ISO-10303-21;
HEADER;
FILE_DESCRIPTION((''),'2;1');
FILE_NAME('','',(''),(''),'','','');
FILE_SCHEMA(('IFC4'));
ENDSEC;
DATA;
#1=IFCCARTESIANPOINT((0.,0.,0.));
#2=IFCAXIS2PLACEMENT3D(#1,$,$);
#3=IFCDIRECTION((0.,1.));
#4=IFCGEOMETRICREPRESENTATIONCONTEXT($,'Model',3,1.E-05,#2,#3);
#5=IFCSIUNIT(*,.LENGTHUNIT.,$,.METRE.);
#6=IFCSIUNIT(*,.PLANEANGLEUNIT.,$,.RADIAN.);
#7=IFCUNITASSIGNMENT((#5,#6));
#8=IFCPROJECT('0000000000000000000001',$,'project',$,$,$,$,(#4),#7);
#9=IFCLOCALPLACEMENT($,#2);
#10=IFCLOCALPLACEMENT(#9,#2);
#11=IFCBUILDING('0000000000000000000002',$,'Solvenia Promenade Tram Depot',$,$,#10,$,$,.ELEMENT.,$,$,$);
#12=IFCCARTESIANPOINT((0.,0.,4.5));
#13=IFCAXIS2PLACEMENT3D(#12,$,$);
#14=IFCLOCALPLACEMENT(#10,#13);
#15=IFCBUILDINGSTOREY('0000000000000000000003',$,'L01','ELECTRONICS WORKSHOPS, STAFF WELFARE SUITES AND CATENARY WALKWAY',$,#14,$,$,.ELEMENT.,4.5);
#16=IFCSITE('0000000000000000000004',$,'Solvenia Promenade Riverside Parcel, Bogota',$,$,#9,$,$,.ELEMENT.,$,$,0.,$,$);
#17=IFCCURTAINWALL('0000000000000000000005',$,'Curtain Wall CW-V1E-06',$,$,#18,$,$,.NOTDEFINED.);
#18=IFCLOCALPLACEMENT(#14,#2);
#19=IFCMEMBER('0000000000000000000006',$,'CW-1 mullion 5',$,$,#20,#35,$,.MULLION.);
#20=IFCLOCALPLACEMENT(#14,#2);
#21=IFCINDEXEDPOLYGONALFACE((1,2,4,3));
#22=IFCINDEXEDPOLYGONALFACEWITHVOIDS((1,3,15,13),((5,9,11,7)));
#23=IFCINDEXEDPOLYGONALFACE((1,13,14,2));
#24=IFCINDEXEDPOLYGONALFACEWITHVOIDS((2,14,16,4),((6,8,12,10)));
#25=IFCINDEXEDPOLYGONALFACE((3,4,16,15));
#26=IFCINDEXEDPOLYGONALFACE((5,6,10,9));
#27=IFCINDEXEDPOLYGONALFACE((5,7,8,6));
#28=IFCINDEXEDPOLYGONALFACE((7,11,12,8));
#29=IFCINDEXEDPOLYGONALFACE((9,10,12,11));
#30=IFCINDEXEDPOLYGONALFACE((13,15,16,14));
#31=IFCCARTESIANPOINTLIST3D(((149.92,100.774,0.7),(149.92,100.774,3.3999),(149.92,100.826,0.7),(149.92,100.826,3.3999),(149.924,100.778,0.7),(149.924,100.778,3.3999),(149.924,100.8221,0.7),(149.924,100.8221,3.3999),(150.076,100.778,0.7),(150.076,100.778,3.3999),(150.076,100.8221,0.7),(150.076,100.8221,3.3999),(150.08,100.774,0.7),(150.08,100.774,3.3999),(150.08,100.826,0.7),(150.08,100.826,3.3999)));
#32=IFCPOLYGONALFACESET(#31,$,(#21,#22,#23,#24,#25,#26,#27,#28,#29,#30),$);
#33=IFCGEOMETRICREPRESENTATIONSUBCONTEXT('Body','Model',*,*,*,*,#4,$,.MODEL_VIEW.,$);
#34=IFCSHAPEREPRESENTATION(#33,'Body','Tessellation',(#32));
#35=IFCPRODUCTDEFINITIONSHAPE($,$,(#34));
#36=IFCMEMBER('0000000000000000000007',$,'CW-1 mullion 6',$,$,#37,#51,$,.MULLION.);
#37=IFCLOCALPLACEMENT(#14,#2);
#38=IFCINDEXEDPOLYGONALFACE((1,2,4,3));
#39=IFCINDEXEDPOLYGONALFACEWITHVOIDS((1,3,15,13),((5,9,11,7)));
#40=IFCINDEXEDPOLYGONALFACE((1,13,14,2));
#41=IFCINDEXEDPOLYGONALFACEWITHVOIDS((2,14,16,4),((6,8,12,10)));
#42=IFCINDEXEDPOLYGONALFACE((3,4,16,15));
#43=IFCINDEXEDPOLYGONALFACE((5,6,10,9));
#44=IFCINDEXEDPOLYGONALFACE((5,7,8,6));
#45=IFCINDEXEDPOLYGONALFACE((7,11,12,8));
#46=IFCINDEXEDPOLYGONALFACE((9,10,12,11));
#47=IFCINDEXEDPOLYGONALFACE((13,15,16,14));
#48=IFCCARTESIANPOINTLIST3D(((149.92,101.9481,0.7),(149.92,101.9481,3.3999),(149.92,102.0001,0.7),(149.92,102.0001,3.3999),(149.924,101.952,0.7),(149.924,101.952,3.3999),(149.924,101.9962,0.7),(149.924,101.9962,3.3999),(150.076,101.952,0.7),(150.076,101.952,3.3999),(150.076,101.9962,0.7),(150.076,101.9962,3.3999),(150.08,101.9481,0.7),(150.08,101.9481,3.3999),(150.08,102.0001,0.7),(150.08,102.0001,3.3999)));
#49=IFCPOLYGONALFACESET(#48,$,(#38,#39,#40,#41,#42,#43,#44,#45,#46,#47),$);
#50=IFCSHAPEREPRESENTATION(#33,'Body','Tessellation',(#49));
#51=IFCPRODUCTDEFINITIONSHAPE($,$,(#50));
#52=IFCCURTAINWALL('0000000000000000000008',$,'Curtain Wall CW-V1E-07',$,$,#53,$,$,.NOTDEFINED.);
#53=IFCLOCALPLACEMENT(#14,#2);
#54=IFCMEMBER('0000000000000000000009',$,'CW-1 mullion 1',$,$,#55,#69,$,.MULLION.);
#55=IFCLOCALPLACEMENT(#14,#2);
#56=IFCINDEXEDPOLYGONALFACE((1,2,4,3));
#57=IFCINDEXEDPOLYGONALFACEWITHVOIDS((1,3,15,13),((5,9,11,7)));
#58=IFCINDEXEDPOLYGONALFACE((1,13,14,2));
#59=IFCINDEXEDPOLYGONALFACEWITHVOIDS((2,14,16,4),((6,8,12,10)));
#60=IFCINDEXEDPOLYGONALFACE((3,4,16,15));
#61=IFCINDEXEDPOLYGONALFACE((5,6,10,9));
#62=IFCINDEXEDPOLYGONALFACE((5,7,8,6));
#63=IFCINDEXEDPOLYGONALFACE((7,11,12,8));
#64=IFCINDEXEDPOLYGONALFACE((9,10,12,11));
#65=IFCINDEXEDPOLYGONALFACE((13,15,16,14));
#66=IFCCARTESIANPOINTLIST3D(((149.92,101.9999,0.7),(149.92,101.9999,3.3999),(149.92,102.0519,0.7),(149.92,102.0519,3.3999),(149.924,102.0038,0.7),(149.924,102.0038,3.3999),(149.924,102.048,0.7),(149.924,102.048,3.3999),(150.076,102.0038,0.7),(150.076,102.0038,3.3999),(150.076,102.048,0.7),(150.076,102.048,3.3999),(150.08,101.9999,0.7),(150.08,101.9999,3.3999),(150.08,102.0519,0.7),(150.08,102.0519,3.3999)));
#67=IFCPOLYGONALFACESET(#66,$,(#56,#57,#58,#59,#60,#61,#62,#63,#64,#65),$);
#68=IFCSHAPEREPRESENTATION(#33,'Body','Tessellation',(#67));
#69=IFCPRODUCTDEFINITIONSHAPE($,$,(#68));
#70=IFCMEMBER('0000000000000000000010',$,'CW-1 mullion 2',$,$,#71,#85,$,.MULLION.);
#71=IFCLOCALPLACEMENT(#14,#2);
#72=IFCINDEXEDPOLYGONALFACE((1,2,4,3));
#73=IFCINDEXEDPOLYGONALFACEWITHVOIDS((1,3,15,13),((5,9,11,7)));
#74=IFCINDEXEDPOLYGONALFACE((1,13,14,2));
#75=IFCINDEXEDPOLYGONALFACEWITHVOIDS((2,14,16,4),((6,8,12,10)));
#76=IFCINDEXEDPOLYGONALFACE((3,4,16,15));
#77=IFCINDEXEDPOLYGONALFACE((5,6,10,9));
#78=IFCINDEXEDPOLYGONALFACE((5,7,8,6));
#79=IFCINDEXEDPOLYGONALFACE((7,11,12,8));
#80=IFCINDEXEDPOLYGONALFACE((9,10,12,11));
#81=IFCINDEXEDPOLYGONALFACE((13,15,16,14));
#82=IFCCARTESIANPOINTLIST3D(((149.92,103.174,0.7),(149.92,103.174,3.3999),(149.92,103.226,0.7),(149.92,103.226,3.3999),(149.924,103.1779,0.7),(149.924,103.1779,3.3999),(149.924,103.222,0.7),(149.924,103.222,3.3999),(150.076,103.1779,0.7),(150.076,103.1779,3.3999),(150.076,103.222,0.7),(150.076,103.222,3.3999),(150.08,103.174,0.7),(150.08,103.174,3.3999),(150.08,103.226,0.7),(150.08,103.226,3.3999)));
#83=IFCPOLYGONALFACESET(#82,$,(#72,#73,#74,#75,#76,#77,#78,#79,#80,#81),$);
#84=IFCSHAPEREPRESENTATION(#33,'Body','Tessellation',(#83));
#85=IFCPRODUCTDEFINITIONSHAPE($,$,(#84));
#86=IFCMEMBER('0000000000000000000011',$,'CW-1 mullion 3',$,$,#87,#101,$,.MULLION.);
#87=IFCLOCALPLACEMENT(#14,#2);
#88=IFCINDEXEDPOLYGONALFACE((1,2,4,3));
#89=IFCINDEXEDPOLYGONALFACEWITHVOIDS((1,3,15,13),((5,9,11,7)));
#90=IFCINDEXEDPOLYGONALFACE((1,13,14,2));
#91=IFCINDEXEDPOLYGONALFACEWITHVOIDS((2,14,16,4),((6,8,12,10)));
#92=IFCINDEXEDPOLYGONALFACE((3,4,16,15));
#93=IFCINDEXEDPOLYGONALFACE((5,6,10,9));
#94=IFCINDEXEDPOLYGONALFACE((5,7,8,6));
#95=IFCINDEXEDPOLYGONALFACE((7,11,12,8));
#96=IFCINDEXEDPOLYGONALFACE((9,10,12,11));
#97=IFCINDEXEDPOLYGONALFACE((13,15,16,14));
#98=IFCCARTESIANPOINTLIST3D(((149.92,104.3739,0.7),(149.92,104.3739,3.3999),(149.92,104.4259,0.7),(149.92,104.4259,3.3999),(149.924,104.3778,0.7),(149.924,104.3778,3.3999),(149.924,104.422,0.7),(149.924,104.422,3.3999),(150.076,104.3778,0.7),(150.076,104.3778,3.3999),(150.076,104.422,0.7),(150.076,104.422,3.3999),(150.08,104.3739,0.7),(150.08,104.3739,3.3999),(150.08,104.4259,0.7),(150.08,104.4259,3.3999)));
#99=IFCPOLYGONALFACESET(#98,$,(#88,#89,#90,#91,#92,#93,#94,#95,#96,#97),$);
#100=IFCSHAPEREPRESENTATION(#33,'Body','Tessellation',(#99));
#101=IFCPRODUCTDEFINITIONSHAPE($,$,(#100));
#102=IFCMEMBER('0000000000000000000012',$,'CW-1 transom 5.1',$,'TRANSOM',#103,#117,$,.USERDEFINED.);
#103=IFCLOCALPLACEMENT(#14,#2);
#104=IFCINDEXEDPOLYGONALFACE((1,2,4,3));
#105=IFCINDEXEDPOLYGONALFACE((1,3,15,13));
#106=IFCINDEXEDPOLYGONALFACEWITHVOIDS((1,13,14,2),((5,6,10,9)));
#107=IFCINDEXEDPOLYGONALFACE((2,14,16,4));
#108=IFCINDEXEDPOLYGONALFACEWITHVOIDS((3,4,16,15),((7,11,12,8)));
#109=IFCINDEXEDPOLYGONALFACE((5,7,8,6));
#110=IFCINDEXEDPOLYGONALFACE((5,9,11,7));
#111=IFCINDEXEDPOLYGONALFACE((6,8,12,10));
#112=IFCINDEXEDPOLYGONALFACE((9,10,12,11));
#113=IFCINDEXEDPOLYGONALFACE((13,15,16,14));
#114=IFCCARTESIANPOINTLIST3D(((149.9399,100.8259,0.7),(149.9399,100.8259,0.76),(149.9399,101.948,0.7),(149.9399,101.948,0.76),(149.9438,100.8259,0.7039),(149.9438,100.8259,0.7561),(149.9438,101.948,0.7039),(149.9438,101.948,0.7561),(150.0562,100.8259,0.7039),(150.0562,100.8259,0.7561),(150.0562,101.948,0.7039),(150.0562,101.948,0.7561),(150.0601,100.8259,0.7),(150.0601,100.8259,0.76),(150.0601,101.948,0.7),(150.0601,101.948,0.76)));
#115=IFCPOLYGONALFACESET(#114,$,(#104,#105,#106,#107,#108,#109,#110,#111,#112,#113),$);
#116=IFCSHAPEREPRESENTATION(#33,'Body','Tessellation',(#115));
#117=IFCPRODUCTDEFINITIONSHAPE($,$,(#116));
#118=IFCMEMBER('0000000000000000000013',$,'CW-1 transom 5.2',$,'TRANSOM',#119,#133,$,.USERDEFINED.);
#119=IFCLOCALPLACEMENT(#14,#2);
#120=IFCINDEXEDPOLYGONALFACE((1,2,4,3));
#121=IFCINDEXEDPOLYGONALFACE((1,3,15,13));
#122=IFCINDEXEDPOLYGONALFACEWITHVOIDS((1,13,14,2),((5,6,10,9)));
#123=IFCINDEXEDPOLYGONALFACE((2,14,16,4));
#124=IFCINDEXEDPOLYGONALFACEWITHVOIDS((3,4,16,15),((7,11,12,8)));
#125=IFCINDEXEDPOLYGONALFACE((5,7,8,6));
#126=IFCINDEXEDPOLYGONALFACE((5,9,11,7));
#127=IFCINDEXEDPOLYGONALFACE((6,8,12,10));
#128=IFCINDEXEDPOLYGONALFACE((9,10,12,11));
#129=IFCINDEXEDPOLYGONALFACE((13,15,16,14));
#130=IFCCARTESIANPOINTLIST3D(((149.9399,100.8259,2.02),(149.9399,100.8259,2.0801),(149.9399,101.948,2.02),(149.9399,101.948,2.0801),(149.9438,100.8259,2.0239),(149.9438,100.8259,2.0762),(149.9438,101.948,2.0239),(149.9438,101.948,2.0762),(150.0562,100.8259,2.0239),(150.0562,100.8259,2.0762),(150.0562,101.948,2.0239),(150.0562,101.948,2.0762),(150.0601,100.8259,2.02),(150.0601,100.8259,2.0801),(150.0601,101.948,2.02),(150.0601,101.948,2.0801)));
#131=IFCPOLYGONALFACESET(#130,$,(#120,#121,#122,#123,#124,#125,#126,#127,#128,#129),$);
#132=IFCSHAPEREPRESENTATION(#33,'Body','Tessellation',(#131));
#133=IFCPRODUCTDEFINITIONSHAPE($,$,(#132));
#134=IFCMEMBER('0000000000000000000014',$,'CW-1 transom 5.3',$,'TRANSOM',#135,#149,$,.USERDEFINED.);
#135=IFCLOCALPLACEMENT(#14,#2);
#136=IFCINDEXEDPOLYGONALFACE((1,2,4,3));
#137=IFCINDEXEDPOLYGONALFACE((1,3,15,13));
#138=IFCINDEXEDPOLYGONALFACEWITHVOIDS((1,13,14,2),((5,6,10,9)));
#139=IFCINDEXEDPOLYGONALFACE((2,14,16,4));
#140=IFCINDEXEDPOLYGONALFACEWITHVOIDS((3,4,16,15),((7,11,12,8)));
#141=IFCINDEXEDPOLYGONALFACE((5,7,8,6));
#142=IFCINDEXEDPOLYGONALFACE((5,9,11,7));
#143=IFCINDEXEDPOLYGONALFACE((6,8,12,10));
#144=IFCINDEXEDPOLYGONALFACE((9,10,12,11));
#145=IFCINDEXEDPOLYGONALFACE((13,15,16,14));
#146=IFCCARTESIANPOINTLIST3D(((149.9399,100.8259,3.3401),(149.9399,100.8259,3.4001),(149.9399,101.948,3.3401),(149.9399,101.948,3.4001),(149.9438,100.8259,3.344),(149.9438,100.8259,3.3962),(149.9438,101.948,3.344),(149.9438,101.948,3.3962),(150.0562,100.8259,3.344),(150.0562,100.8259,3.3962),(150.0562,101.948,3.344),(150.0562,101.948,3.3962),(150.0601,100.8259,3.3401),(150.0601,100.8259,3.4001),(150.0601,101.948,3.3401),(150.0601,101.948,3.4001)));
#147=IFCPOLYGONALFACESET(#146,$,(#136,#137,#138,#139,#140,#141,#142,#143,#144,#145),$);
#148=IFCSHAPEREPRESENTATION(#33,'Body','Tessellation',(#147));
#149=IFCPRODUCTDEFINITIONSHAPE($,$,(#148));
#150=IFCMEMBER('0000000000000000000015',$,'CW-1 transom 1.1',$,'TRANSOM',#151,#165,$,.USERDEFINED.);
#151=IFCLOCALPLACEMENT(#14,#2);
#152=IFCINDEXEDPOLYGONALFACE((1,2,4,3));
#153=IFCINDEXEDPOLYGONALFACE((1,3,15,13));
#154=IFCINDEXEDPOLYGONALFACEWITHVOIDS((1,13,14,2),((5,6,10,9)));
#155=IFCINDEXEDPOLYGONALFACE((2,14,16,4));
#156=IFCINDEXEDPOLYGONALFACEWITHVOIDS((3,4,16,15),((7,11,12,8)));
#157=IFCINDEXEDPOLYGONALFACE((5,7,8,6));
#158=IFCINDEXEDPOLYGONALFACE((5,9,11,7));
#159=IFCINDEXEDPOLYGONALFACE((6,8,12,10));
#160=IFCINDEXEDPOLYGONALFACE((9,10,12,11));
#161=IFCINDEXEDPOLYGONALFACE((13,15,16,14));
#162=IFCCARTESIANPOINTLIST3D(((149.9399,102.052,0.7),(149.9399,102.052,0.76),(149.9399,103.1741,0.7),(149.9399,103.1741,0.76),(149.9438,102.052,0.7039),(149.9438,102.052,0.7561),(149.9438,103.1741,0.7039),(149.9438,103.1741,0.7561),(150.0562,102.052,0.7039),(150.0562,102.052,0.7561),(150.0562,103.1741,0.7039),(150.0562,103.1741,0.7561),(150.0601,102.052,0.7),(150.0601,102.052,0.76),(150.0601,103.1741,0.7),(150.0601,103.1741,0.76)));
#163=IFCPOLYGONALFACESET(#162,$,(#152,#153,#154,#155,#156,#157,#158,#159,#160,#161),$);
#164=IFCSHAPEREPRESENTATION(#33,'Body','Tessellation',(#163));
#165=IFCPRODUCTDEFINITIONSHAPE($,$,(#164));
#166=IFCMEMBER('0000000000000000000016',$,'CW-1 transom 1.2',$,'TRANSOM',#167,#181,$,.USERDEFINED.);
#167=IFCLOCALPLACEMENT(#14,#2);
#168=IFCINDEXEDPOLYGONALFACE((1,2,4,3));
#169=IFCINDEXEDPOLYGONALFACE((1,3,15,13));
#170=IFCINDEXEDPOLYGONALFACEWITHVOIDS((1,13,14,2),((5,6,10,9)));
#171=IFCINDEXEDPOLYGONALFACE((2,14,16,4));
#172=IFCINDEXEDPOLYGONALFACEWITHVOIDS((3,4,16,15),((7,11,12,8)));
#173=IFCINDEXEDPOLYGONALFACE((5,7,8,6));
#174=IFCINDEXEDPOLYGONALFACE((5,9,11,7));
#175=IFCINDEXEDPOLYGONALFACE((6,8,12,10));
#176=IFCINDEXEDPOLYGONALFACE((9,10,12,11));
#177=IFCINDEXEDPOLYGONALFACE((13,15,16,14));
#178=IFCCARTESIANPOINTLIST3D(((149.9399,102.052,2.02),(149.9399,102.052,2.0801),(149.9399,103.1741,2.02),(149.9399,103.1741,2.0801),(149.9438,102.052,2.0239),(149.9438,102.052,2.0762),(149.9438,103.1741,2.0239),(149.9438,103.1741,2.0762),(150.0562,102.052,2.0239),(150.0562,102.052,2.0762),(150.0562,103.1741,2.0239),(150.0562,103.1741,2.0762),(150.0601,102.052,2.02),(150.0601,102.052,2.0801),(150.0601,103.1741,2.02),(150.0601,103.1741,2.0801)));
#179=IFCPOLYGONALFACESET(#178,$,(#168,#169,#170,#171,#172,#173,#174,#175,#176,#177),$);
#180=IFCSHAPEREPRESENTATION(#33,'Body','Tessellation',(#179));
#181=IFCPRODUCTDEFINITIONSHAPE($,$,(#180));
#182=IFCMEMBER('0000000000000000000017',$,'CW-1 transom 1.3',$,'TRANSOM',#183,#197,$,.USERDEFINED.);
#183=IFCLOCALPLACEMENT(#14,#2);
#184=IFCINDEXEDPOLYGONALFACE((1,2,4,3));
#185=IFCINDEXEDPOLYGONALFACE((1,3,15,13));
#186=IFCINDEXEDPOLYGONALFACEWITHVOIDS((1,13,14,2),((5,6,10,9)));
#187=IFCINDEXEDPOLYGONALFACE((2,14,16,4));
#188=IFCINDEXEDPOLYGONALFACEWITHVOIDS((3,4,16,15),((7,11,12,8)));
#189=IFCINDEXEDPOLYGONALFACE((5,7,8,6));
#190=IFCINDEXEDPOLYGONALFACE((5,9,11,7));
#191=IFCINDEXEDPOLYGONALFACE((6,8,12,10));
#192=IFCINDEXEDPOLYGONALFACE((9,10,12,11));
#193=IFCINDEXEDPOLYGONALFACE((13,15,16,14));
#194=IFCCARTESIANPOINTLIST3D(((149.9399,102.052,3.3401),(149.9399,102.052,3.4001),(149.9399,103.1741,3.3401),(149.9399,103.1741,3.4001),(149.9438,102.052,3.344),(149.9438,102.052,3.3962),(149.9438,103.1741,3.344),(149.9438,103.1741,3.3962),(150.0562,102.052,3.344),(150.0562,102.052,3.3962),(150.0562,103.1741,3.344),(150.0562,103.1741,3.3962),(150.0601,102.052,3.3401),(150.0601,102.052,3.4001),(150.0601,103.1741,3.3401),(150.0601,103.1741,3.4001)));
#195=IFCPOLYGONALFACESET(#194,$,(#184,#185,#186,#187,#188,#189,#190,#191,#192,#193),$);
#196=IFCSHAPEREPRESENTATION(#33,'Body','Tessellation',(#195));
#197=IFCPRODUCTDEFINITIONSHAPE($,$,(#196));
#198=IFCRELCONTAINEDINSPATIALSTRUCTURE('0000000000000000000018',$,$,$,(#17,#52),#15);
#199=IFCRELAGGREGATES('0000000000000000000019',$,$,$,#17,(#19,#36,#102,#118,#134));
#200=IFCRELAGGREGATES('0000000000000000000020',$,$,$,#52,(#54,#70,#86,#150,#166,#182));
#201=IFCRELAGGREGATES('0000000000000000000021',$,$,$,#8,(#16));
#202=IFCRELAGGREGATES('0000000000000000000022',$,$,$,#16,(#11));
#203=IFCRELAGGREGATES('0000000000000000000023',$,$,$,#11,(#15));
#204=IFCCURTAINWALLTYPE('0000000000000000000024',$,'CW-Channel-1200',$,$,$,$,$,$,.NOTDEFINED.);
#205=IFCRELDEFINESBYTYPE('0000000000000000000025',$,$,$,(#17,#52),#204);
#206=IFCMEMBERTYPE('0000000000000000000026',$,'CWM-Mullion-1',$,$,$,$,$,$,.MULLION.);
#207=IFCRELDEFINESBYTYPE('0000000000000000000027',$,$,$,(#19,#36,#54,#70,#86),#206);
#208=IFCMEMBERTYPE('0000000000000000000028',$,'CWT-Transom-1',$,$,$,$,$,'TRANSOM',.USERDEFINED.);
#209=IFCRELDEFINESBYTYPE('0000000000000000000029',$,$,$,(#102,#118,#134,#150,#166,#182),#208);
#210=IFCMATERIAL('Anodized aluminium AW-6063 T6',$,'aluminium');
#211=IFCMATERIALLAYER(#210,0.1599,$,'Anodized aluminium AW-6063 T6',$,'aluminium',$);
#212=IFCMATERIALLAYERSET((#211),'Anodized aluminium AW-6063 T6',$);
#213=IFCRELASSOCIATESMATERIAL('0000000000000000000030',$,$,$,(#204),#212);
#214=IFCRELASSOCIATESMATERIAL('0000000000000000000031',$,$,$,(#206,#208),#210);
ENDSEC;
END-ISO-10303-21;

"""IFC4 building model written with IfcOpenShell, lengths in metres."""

from ifc_helpers import new_model, si_unit, direction, frame, origin, origin_2d, place, context, subcontext, project, spatial, hollow_rectangle, extrude, material, layer, layer_set, material_profile, profile_set, type_object, element, aggregate, save


model = new_model("IFC4")

# Units and contexts
model_context = context("Model", 3, precision=1e-05, world=origin(), true_north=direction((0.0, 1.0)))
body_context = subcontext(model_context, "Body", "Model", "MODEL_VIEW")
ifc_project = project(units=[si_unit("LENGTHUNIT", "METRE"), si_unit("PLANEANGLEUNIT", "RADIAN")], contexts=[model_context])

# Site, building, storey
site_placement = place(None, origin())
site = spatial("IfcSite", under=ifc_project, at=site_placement, Name="Solvenia Promenade Riverside Parcel, Bogota", CompositionType="ELEMENT", RefElevation=0.0)
building_placement = place(site_placement, origin())
building = spatial("IfcBuilding", under=site, at=building_placement, Name="Solvenia Promenade Tram Depot", CompositionType="ELEMENT")
storey_placement = place(building_placement, frame((0.0, 0.0, 4.5)))
storey = spatial("IfcBuildingStorey", under=building, at=storey_placement, Name="L01", Description="ELECTRONICS WORKSHOPS, STAFF WELFARE SUITES AND CATENARY WALKWAY", CompositionType="ELEMENT", Elevation=4.5)

# Curtain walls, members
ifc_material_1 = material(Name="Anodized aluminium AW-6063 T6", Category="aluminium")
ifc_layer_1 = layer(ifc_material_1, 0.1599, Name="Anodized aluminium AW-6063 T6", Category="aluminium")
ifc_layer_set_1 = layer_set([ifc_layer_1], Name="Anodized aluminium AW-6063 T6")
curtain_wall_type = type_object("IfcCurtainWallType", Name="CW-Channel-1200", PredefinedType="NOTDEFINED", material=ifc_layer_set_1)
curtain_wall_1_placement = place(storey_placement, origin())
curtain_wall_1 = element("IfcCurtainWall", 1, at=curtain_wall_1_placement, inside=storey, type_object=curtain_wall_type, Name="Curtain Wall CW-V1E-06", PredefinedType="NOTDEFINED")
ifc_material_profile_1 = material_profile(ifc_material_1, hollow_rectangle(XDim=0.1599, YDim=0.052, WallThickness=0.0039, at=origin_2d()), Name="ALU-M1", Category="aluminium")
ifc_profile_set_1 = profile_set([ifc_material_profile_1], Name="Anodized aluminium AW-6063 T6")
member_type_1 = type_object("IfcMemberType", Name="CWM-Mullion-1", PredefinedType="MULLION", material=ifc_profile_set_1)
member_1_placement = place(storey_placement, frame((150.0, 100.8, 0.7), z_axis=(0.0, 0.0, 1.0), x_axis=(-1.0, 0.0, 0.0)))
member_1 = element("IfcMember", 2, at=member_1_placement, type_object=member_type_1, Name="CW-1 mullion 5", PredefinedType="MULLION", context=body_context, shape_type="SweptSolid", body=[
    extrude(hollow_rectangle(XDim=0.1599, YDim=0.052, WallThickness=0.0039, at=origin_2d()), origin(), (0.0, 0.0, 1.0), 2.7),
])
member_2_placement = place(storey_placement, frame((150.0, 101.9741, 0.7), z_axis=(0.0, 0.0, 1.0), x_axis=(-1.0, 0.0, 0.0)))
member_2 = element("IfcMember", 3, at=member_2_placement, type_object=member_type_1, Name="CW-1 mullion 6", PredefinedType="MULLION", context=body_context, shape_type="SweptSolid", body=[
    extrude(hollow_rectangle(XDim=0.1599, YDim=0.052, WallThickness=0.0039, at=origin_2d()), origin(), (0.0, 0.0, 1.0), 2.7),
])
curtain_wall_2_placement = place(storey_placement, origin())
curtain_wall_2 = element("IfcCurtainWall", 4, at=curtain_wall_2_placement, inside=storey, type_object=curtain_wall_type, Name="Curtain Wall CW-V1E-07", PredefinedType="NOTDEFINED")
member_3_placement = place(storey_placement, frame((150.0, 102.0259, 0.7), z_axis=(0.0, 0.0, 1.0), x_axis=(-1.0, 0.0, 0.0)))
member_3 = element("IfcMember", 5, at=member_3_placement, type_object=member_type_1, Name="CW-1 mullion 1", PredefinedType="MULLION", context=body_context, shape_type="SweptSolid", body=[
    extrude(hollow_rectangle(XDim=0.1599, YDim=0.052, WallThickness=0.0039, at=origin_2d()), origin(), (0.0, 0.0, 1.0), 2.7),
])
member_4_placement = place(storey_placement, frame((150.0, 103.2, 0.7), z_axis=(0.0, 0.0, 1.0), x_axis=(-1.0, 0.0, 0.0)))
member_4 = element("IfcMember", 6, at=member_4_placement, type_object=member_type_1, Name="CW-1 mullion 2", PredefinedType="MULLION", context=body_context, shape_type="SweptSolid", body=[
    extrude(hollow_rectangle(XDim=0.1599, YDim=0.052, WallThickness=0.0039, at=origin_2d()), origin(), (0.0, 0.0, 1.0), 2.7),
])
member_5_placement = place(storey_placement, frame((150.0, 104.3999, 0.7), z_axis=(0.0, 0.0, 1.0), x_axis=(-1.0, 0.0, 0.0)))
member_5 = element("IfcMember", 7, at=member_5_placement, type_object=member_type_1, Name="CW-1 mullion 3", PredefinedType="MULLION", context=body_context, shape_type="SweptSolid", body=[
    extrude(hollow_rectangle(XDim=0.1599, YDim=0.052, WallThickness=0.0039, at=origin_2d()), origin(), (0.0, 0.0, 1.0), 2.7),
])

# Members
ifc_material_profile_2 = material_profile(ifc_material_1, hollow_rectangle(XDim=0.1201, YDim=0.0601, WallThickness=0.0039, at=origin_2d()), Name="ALU-T1", Category="aluminium")
ifc_profile_set_2 = profile_set([ifc_material_profile_2], Name="Anodized aluminium AW-6063 T6")
member_type_2 = type_object("IfcMemberType", Name="CWT-Transom-1", ElementType="TRANSOM", PredefinedType="USERDEFINED", material=ifc_profile_set_2)
member_6_placement = place(storey_placement, frame((150.0, 100.8259, 0.73), z_axis=(0.0, 1.0, 0.0), x_axis=(-1.0, 0.0, 0.0)))
member_6 = element("IfcMember", 8, at=member_6_placement, type_object=member_type_2, Name="CW-1 transom 5.1", ObjectType="TRANSOM", PredefinedType="USERDEFINED", context=body_context, shape_type="SweptSolid", body=[
    extrude(hollow_rectangle(XDim=0.1201, YDim=0.0601, WallThickness=0.0039, at=origin_2d()), origin(), (0.0, 0.0, 1.0), 1.1221),
])
member_7_placement = place(storey_placement, frame((150.0, 100.8259, 2.05), z_axis=(0.0, 1.0, 0.0), x_axis=(-1.0, 0.0, 0.0)))
member_7 = element("IfcMember", 9, at=member_7_placement, type_object=member_type_2, Name="CW-1 transom 5.2", ObjectType="TRANSOM", PredefinedType="USERDEFINED", context=body_context, shape_type="SweptSolid", body=[
    extrude(hollow_rectangle(XDim=0.1201, YDim=0.0601, WallThickness=0.0039, at=origin_2d()), origin(), (0.0, 0.0, 1.0), 1.1221),
])
member_8_placement = place(storey_placement, frame((150.0, 100.8259, 3.3701), z_axis=(0.0, 1.0, 0.0), x_axis=(-1.0, 0.0, 0.0)))
member_8 = element("IfcMember", 10, at=member_8_placement, type_object=member_type_2, Name="CW-1 transom 5.3", ObjectType="TRANSOM", PredefinedType="USERDEFINED", context=body_context, shape_type="SweptSolid", body=[
    extrude(hollow_rectangle(XDim=0.1201, YDim=0.0601, WallThickness=0.0039, at=origin_2d()), origin(), (0.0, 0.0, 1.0), 1.1221),
])
member_9_placement = place(storey_placement, frame((150.0, 102.052, 0.73), z_axis=(0.0, 1.0, 0.0), x_axis=(-1.0, 0.0, 0.0)))
member_9 = element("IfcMember", 11, at=member_9_placement, type_object=member_type_2, Name="CW-1 transom 1.1", ObjectType="TRANSOM", PredefinedType="USERDEFINED", context=body_context, shape_type="SweptSolid", body=[
    extrude(hollow_rectangle(XDim=0.1201, YDim=0.0601, WallThickness=0.0039, at=origin_2d()), origin(), (0.0, 0.0, 1.0), 1.1221),
])
member_10_placement = place(storey_placement, frame((150.0, 102.052, 2.05), z_axis=(0.0, 1.0, 0.0), x_axis=(-1.0, 0.0, 0.0)))
member_10 = element("IfcMember", 12, at=member_10_placement, type_object=member_type_2, Name="CW-1 transom 1.2", ObjectType="TRANSOM", PredefinedType="USERDEFINED", context=body_context, shape_type="SweptSolid", body=[
    extrude(hollow_rectangle(XDim=0.1201, YDim=0.0601, WallThickness=0.0039, at=origin_2d()), origin(), (0.0, 0.0, 1.0), 1.1221),
])
member_11_placement = place(storey_placement, frame((150.0, 102.052, 3.3701), z_axis=(0.0, 1.0, 0.0), x_axis=(-1.0, 0.0, 0.0)))
member_11 = element("IfcMember", 13, at=member_11_placement, type_object=member_type_2, Name="CW-1 transom 1.3", ObjectType="TRANSOM", PredefinedType="USERDEFINED", context=body_context, shape_type="SweptSolid", body=[
    extrude(hollow_rectangle(XDim=0.1201, YDim=0.0601, WallThickness=0.0039, at=origin_2d()), origin(), (0.0, 0.0, 1.0), 1.1221),
])

aggregate(curtain_wall_1, [member_1, member_2, member_6, member_7, member_8])
aggregate(curtain_wall_2, [member_3, member_4, member_5, member_9, member_10, member_11])

save(model, "model.ifc")
